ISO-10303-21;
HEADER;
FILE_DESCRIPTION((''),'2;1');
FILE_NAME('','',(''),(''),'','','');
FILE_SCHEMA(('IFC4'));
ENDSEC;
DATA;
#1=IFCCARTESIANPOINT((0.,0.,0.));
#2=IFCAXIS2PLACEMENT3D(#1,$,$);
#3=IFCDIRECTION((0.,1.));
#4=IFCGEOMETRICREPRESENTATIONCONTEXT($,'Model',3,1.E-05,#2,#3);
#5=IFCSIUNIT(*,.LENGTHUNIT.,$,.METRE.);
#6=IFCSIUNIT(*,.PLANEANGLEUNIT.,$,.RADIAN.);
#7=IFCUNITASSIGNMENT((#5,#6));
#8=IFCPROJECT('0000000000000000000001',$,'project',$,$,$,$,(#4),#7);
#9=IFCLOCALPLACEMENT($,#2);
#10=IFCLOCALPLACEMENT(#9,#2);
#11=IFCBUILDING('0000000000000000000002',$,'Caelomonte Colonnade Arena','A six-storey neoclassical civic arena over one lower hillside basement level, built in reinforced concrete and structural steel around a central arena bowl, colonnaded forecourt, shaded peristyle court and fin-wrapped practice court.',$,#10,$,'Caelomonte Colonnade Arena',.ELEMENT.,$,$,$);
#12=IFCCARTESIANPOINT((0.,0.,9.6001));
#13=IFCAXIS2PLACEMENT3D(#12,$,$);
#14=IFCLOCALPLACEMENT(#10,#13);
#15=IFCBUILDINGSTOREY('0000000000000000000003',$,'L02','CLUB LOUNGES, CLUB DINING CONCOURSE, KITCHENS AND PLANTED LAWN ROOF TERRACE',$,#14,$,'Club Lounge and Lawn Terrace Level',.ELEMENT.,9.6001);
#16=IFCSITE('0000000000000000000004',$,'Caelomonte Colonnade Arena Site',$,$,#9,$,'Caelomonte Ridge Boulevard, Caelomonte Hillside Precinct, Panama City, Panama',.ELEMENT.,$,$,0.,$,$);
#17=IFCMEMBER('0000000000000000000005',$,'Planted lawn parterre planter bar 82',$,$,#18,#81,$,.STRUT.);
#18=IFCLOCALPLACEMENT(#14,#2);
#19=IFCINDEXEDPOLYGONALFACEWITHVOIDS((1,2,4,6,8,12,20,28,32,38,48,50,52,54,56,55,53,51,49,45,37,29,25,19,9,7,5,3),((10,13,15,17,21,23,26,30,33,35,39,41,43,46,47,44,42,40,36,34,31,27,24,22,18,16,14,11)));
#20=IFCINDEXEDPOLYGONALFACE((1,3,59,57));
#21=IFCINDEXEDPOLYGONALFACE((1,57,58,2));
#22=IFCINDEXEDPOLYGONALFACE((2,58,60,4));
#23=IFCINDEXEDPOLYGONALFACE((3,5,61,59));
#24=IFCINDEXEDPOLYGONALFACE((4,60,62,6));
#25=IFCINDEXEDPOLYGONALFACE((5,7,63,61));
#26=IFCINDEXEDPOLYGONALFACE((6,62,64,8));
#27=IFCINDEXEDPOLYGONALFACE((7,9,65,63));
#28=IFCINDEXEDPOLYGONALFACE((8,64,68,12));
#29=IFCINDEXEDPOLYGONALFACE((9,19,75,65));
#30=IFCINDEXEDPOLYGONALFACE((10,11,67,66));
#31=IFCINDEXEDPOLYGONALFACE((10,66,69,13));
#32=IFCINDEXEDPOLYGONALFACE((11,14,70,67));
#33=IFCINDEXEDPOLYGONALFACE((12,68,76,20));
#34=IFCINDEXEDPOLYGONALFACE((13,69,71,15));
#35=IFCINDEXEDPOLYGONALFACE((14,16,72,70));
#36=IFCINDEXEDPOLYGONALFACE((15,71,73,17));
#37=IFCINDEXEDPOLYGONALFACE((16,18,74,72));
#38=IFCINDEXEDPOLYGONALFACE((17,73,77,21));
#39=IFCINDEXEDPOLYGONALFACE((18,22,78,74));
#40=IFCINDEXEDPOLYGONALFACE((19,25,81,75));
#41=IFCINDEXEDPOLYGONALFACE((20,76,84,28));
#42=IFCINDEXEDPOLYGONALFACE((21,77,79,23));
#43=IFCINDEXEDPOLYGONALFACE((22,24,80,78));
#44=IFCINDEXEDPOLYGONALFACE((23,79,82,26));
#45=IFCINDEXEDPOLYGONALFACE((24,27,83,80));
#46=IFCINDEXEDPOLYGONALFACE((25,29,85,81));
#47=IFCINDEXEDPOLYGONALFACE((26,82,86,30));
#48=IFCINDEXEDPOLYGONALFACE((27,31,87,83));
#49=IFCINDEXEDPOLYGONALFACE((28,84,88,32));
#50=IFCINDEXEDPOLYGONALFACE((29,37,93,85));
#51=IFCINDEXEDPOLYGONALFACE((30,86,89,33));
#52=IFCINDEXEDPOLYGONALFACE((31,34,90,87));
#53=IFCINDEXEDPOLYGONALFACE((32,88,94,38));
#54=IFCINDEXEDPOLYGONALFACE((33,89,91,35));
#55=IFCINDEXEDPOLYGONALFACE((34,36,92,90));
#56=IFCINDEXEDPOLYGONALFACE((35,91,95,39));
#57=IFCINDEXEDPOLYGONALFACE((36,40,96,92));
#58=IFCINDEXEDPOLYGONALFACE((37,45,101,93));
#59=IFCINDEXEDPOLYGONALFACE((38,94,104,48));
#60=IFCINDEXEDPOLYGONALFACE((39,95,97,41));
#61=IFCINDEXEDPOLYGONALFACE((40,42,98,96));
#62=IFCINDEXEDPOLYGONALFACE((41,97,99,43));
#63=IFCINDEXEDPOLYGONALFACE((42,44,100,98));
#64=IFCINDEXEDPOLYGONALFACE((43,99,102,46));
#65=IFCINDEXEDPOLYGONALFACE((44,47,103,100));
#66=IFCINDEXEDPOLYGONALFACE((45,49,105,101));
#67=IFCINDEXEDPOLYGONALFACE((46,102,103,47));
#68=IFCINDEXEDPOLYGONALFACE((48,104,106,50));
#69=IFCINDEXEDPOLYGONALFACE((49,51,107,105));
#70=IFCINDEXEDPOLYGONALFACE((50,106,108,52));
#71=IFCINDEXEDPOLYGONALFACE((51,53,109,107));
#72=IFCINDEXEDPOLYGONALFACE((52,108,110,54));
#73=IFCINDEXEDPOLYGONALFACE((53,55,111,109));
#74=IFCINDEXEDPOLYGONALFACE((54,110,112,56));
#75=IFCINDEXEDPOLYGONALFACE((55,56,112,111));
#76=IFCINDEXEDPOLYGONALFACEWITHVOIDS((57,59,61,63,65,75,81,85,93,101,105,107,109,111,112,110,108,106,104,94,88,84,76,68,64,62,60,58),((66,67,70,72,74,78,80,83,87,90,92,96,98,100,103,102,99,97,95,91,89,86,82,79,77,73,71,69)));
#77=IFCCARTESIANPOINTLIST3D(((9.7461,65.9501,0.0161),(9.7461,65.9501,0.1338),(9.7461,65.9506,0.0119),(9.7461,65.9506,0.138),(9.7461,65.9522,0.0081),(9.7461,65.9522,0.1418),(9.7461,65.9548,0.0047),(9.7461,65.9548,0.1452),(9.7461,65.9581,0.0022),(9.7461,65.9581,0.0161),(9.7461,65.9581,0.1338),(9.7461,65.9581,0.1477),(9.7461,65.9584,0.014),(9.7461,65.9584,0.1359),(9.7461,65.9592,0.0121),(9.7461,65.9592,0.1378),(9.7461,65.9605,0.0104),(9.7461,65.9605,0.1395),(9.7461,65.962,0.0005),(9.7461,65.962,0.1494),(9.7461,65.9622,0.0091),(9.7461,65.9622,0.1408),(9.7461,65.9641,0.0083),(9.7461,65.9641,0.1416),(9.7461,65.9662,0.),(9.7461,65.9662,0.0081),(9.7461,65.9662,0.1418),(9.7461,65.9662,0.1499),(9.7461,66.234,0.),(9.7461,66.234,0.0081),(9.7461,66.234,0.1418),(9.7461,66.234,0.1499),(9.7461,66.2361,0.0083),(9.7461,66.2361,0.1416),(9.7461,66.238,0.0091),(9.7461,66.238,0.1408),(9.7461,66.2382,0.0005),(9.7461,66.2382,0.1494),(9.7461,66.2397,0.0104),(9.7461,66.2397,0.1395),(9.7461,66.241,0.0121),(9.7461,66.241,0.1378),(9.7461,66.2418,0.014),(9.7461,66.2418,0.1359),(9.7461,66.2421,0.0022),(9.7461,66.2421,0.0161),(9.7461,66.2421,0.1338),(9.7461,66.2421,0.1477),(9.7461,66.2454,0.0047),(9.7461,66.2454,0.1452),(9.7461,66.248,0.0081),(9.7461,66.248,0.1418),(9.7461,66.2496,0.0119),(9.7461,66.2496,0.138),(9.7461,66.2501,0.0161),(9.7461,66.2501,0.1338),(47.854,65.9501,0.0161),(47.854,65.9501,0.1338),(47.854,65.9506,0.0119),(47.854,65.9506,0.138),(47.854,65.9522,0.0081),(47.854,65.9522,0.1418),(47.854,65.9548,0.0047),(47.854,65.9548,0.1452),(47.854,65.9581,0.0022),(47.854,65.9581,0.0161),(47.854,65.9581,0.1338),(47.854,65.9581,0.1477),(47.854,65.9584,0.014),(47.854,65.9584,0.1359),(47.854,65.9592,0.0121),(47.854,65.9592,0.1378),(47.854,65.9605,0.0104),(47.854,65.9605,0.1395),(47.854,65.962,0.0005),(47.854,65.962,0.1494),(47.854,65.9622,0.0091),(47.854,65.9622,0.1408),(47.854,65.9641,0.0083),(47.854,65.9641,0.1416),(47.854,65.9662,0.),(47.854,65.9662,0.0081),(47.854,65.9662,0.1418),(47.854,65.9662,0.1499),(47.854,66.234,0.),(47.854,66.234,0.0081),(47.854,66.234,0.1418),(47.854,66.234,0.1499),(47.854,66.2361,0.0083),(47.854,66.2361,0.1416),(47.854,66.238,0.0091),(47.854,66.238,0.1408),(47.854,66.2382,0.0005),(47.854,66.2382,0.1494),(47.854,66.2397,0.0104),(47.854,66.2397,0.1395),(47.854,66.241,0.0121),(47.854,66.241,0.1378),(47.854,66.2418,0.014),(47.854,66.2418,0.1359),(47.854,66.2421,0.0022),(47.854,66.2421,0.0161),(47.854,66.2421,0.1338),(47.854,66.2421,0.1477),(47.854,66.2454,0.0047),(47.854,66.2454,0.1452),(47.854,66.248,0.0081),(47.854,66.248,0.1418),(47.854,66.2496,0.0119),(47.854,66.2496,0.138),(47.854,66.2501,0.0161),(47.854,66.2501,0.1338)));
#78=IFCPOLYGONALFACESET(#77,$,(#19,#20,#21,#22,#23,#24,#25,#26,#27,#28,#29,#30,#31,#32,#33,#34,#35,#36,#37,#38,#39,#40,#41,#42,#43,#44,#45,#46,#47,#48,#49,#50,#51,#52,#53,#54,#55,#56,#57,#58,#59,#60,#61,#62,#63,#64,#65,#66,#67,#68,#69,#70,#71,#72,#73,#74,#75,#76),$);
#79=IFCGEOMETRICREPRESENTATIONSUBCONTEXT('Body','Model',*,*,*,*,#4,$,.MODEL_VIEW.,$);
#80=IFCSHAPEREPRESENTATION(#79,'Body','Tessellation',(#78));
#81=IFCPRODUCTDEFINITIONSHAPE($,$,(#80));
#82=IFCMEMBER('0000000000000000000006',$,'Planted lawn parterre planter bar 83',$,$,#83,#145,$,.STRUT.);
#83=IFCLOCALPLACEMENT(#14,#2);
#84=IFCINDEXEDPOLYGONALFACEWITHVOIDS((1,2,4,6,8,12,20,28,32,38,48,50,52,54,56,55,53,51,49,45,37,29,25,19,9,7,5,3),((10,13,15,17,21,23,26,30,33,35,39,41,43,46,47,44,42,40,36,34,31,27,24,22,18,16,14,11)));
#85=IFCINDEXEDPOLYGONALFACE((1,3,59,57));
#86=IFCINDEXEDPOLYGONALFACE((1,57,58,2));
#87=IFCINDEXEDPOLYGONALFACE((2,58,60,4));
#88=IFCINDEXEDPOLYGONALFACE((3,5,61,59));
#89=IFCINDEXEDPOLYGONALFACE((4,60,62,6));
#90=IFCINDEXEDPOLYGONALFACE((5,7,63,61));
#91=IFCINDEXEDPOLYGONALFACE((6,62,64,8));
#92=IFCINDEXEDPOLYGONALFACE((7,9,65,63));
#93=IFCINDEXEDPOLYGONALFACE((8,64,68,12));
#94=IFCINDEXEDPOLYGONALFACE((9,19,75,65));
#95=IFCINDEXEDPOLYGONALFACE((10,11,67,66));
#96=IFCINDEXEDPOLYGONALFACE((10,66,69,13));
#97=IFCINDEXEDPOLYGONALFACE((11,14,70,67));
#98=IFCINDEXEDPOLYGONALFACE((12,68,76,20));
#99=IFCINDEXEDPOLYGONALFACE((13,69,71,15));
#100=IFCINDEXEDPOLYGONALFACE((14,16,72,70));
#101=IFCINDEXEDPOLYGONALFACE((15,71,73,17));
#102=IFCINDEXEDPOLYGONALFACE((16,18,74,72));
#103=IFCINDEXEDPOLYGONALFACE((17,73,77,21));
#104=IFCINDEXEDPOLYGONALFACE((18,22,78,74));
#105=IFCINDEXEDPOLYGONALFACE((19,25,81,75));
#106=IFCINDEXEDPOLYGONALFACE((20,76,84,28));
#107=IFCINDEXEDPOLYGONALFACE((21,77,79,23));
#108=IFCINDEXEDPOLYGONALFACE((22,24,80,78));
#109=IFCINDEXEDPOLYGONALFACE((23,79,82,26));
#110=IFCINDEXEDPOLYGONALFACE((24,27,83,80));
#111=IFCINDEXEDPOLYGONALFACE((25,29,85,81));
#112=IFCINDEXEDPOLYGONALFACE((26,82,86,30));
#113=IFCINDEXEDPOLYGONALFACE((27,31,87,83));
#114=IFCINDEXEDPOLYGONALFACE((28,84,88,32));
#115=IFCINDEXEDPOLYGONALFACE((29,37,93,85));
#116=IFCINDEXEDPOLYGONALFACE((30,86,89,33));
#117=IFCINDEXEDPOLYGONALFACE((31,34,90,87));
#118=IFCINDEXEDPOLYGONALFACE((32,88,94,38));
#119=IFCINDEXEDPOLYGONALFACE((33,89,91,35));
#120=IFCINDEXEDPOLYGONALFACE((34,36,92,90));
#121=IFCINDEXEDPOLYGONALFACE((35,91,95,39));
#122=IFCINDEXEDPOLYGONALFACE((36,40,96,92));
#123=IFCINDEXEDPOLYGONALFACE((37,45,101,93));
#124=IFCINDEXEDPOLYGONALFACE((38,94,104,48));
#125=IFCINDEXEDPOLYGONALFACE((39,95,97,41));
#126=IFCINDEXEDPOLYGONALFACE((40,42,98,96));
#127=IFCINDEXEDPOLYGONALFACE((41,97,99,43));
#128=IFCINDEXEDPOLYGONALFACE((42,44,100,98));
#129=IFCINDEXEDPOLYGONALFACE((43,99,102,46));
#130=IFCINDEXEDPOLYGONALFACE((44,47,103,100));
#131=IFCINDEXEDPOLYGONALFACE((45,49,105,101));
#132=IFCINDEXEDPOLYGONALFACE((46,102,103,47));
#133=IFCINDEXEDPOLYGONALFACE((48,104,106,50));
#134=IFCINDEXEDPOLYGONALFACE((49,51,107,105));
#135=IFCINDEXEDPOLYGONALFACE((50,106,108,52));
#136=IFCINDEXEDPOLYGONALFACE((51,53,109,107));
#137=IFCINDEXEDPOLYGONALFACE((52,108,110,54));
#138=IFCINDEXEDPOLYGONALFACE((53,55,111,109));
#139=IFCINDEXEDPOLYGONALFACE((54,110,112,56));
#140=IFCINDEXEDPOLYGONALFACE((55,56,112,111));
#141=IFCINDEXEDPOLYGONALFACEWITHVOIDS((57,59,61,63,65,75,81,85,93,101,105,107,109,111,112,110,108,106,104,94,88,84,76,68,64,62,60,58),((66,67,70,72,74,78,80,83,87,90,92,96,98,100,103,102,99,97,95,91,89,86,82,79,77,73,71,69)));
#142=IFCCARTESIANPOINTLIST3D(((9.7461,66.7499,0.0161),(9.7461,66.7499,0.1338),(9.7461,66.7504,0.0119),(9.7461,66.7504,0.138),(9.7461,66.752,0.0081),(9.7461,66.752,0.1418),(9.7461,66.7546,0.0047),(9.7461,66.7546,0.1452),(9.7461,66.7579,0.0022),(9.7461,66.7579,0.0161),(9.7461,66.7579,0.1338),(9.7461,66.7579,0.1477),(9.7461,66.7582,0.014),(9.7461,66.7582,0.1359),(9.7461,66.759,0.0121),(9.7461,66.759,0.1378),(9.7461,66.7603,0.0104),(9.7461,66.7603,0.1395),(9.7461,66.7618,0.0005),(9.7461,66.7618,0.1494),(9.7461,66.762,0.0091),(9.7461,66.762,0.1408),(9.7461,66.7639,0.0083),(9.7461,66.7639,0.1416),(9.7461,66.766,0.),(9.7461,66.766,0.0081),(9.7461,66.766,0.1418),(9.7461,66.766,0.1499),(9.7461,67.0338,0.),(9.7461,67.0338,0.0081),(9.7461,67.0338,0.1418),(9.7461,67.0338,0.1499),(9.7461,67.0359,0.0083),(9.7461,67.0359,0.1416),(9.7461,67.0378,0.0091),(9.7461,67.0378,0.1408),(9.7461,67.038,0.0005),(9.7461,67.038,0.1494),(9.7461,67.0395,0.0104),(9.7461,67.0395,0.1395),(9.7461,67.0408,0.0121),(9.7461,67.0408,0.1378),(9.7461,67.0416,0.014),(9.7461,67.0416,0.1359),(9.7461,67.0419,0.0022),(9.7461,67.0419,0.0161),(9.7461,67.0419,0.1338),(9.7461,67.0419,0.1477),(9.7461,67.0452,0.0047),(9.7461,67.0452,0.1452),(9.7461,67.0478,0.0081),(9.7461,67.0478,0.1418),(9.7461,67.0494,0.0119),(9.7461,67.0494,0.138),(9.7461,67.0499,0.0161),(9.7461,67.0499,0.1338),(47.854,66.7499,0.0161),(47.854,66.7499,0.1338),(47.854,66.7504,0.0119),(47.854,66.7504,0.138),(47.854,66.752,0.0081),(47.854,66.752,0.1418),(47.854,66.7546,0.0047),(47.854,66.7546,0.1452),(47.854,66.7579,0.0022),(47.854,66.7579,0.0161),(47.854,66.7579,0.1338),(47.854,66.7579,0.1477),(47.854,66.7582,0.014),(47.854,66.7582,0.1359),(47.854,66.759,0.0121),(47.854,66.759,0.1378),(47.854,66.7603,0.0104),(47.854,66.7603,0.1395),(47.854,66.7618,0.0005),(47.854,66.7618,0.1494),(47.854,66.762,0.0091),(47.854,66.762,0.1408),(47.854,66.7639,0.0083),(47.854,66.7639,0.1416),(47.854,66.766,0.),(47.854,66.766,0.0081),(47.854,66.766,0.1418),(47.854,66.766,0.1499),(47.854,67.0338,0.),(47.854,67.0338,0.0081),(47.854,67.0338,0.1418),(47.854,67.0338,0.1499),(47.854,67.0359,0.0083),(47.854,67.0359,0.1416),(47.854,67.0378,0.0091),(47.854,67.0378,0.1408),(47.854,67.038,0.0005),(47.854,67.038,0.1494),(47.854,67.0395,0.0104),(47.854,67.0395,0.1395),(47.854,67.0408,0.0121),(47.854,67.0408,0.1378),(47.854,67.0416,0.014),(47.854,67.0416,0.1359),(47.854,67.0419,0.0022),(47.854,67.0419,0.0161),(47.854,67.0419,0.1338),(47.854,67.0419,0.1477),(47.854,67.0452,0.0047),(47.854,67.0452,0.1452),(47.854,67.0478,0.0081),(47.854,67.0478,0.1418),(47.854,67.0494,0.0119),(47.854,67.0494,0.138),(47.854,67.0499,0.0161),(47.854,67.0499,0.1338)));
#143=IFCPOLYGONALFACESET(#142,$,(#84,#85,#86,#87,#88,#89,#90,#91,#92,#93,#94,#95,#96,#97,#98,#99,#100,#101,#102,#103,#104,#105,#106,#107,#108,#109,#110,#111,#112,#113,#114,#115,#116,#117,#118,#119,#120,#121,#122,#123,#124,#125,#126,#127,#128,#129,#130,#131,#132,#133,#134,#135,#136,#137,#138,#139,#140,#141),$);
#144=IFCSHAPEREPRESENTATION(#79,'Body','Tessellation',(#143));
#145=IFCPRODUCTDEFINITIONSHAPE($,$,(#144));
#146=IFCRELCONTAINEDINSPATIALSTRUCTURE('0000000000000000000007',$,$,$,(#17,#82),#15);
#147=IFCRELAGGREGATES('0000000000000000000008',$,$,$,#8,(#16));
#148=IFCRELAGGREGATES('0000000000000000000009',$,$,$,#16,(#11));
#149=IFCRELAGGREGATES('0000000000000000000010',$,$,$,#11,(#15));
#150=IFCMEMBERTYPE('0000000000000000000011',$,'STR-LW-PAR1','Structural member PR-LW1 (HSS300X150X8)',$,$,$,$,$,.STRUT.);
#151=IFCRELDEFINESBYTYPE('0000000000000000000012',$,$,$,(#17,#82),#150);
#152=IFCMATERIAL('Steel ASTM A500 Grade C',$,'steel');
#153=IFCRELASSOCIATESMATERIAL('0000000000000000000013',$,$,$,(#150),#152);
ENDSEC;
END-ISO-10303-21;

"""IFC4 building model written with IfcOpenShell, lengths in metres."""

from ifc_helpers import new_model, si_unit, direction, frame, origin, origin_2d, place, context, subcontext, project, spatial, hollow_rectangle, extrude, material, material_profile, profile_set, type_object, element, save


model = new_model("IFC4")

# Units and contexts
model_context = context("Model", 3, precision=1e-05, world=origin(), true_north=direction((0.0, 1.0)))
body_context = subcontext(model_context, "Body", "Model", "MODEL_VIEW")
ifc_project = project(units=[si_unit("LENGTHUNIT", "METRE"), si_unit("PLANEANGLEUNIT", "RADIAN")], contexts=[model_context])

# Site, building, storey
site_placement = place(None, origin())
site = spatial("IfcSite", under=ifc_project, at=site_placement, Name="Caelomonte Colonnade Arena Site", LongName="Caelomonte Ridge Boulevard, Caelomonte Hillside Precinct, Panama City, Panama", CompositionType="ELEMENT", RefElevation=0.0)
building_placement = place(site_placement, origin())
building = spatial("IfcBuilding", under=site, at=building_placement, Name="Caelomonte Colonnade Arena", Description="A six-storey neoclassical civic arena over one lower hillside basement level, built in reinforced concrete and structural steel around a central arena bowl, colonnaded forecourt, shaded peristyle court and fin-wrapped practice court.", LongName="Caelomonte Colonnade Arena", CompositionType="ELEMENT")
storey_placement = place(building_placement, frame((0.0, 0.0, 9.6001)))
storey = spatial("IfcBuildingStorey", under=building, at=storey_placement, Name="L02", Description="CLUB LOUNGES, CLUB DINING CONCOURSE, KITCHENS AND PLANTED LAWN ROOF TERRACE", LongName="Club Lounge and Lawn Terrace Level", CompositionType="ELEMENT", Elevation=9.6001)

# Members
ifc_material_1 = material(Name="Steel ASTM A500 Grade C", Category="steel")
ifc_material_profile_1 = material_profile(ifc_material_1, hollow_rectangle(XDim=0.3, YDim=0.1499, WallThickness=0.0081, InnerFilletRadius=0.0081, OuterFilletRadius=0.0161, at=origin_2d()), Name="HSS300X150X8")
ifc_profile_set_1 = profile_set([ifc_material_profile_1], Name="Steel ASTM A500 Grade C")
member_type = type_object("IfcMemberType", Name="STR-LW-PAR1", Description="Structural member PR-LW1 (HSS300X150X8)", PredefinedType="STRUT", material=ifc_profile_set_1)
for number, where, z_axis, x_axis, name in (
    (1, (9.7461, 66.1001, 0.075), (1.0, 0.0, 0.0), (0.0, 1.0, 0.0), "Planted lawn parterre planter bar 82"),
    (2, (9.7461, 66.8999, 0.075), (1.0, 0.0, 0.0), (0.0, 1.0, 0.0), "Planted lawn parterre planter bar 83"),
):
    element("IfcMember", number, at=place(storey_placement, frame(where, z_axis=z_axis, x_axis=x_axis)), inside=storey, type_object=member_type, Name=name, PredefinedType="STRUT", context=body_context, shape_type="SweptSolid", body=[
        extrude(hollow_rectangle(XDim=0.3, YDim=0.1499, WallThickness=0.0081, InnerFilletRadius=0.0081, OuterFilletRadius=0.0161, at=origin_2d()), origin(), (0.0, 0.0, 1.0), 38.1079),
    ])

save(model, "model.ifc")
